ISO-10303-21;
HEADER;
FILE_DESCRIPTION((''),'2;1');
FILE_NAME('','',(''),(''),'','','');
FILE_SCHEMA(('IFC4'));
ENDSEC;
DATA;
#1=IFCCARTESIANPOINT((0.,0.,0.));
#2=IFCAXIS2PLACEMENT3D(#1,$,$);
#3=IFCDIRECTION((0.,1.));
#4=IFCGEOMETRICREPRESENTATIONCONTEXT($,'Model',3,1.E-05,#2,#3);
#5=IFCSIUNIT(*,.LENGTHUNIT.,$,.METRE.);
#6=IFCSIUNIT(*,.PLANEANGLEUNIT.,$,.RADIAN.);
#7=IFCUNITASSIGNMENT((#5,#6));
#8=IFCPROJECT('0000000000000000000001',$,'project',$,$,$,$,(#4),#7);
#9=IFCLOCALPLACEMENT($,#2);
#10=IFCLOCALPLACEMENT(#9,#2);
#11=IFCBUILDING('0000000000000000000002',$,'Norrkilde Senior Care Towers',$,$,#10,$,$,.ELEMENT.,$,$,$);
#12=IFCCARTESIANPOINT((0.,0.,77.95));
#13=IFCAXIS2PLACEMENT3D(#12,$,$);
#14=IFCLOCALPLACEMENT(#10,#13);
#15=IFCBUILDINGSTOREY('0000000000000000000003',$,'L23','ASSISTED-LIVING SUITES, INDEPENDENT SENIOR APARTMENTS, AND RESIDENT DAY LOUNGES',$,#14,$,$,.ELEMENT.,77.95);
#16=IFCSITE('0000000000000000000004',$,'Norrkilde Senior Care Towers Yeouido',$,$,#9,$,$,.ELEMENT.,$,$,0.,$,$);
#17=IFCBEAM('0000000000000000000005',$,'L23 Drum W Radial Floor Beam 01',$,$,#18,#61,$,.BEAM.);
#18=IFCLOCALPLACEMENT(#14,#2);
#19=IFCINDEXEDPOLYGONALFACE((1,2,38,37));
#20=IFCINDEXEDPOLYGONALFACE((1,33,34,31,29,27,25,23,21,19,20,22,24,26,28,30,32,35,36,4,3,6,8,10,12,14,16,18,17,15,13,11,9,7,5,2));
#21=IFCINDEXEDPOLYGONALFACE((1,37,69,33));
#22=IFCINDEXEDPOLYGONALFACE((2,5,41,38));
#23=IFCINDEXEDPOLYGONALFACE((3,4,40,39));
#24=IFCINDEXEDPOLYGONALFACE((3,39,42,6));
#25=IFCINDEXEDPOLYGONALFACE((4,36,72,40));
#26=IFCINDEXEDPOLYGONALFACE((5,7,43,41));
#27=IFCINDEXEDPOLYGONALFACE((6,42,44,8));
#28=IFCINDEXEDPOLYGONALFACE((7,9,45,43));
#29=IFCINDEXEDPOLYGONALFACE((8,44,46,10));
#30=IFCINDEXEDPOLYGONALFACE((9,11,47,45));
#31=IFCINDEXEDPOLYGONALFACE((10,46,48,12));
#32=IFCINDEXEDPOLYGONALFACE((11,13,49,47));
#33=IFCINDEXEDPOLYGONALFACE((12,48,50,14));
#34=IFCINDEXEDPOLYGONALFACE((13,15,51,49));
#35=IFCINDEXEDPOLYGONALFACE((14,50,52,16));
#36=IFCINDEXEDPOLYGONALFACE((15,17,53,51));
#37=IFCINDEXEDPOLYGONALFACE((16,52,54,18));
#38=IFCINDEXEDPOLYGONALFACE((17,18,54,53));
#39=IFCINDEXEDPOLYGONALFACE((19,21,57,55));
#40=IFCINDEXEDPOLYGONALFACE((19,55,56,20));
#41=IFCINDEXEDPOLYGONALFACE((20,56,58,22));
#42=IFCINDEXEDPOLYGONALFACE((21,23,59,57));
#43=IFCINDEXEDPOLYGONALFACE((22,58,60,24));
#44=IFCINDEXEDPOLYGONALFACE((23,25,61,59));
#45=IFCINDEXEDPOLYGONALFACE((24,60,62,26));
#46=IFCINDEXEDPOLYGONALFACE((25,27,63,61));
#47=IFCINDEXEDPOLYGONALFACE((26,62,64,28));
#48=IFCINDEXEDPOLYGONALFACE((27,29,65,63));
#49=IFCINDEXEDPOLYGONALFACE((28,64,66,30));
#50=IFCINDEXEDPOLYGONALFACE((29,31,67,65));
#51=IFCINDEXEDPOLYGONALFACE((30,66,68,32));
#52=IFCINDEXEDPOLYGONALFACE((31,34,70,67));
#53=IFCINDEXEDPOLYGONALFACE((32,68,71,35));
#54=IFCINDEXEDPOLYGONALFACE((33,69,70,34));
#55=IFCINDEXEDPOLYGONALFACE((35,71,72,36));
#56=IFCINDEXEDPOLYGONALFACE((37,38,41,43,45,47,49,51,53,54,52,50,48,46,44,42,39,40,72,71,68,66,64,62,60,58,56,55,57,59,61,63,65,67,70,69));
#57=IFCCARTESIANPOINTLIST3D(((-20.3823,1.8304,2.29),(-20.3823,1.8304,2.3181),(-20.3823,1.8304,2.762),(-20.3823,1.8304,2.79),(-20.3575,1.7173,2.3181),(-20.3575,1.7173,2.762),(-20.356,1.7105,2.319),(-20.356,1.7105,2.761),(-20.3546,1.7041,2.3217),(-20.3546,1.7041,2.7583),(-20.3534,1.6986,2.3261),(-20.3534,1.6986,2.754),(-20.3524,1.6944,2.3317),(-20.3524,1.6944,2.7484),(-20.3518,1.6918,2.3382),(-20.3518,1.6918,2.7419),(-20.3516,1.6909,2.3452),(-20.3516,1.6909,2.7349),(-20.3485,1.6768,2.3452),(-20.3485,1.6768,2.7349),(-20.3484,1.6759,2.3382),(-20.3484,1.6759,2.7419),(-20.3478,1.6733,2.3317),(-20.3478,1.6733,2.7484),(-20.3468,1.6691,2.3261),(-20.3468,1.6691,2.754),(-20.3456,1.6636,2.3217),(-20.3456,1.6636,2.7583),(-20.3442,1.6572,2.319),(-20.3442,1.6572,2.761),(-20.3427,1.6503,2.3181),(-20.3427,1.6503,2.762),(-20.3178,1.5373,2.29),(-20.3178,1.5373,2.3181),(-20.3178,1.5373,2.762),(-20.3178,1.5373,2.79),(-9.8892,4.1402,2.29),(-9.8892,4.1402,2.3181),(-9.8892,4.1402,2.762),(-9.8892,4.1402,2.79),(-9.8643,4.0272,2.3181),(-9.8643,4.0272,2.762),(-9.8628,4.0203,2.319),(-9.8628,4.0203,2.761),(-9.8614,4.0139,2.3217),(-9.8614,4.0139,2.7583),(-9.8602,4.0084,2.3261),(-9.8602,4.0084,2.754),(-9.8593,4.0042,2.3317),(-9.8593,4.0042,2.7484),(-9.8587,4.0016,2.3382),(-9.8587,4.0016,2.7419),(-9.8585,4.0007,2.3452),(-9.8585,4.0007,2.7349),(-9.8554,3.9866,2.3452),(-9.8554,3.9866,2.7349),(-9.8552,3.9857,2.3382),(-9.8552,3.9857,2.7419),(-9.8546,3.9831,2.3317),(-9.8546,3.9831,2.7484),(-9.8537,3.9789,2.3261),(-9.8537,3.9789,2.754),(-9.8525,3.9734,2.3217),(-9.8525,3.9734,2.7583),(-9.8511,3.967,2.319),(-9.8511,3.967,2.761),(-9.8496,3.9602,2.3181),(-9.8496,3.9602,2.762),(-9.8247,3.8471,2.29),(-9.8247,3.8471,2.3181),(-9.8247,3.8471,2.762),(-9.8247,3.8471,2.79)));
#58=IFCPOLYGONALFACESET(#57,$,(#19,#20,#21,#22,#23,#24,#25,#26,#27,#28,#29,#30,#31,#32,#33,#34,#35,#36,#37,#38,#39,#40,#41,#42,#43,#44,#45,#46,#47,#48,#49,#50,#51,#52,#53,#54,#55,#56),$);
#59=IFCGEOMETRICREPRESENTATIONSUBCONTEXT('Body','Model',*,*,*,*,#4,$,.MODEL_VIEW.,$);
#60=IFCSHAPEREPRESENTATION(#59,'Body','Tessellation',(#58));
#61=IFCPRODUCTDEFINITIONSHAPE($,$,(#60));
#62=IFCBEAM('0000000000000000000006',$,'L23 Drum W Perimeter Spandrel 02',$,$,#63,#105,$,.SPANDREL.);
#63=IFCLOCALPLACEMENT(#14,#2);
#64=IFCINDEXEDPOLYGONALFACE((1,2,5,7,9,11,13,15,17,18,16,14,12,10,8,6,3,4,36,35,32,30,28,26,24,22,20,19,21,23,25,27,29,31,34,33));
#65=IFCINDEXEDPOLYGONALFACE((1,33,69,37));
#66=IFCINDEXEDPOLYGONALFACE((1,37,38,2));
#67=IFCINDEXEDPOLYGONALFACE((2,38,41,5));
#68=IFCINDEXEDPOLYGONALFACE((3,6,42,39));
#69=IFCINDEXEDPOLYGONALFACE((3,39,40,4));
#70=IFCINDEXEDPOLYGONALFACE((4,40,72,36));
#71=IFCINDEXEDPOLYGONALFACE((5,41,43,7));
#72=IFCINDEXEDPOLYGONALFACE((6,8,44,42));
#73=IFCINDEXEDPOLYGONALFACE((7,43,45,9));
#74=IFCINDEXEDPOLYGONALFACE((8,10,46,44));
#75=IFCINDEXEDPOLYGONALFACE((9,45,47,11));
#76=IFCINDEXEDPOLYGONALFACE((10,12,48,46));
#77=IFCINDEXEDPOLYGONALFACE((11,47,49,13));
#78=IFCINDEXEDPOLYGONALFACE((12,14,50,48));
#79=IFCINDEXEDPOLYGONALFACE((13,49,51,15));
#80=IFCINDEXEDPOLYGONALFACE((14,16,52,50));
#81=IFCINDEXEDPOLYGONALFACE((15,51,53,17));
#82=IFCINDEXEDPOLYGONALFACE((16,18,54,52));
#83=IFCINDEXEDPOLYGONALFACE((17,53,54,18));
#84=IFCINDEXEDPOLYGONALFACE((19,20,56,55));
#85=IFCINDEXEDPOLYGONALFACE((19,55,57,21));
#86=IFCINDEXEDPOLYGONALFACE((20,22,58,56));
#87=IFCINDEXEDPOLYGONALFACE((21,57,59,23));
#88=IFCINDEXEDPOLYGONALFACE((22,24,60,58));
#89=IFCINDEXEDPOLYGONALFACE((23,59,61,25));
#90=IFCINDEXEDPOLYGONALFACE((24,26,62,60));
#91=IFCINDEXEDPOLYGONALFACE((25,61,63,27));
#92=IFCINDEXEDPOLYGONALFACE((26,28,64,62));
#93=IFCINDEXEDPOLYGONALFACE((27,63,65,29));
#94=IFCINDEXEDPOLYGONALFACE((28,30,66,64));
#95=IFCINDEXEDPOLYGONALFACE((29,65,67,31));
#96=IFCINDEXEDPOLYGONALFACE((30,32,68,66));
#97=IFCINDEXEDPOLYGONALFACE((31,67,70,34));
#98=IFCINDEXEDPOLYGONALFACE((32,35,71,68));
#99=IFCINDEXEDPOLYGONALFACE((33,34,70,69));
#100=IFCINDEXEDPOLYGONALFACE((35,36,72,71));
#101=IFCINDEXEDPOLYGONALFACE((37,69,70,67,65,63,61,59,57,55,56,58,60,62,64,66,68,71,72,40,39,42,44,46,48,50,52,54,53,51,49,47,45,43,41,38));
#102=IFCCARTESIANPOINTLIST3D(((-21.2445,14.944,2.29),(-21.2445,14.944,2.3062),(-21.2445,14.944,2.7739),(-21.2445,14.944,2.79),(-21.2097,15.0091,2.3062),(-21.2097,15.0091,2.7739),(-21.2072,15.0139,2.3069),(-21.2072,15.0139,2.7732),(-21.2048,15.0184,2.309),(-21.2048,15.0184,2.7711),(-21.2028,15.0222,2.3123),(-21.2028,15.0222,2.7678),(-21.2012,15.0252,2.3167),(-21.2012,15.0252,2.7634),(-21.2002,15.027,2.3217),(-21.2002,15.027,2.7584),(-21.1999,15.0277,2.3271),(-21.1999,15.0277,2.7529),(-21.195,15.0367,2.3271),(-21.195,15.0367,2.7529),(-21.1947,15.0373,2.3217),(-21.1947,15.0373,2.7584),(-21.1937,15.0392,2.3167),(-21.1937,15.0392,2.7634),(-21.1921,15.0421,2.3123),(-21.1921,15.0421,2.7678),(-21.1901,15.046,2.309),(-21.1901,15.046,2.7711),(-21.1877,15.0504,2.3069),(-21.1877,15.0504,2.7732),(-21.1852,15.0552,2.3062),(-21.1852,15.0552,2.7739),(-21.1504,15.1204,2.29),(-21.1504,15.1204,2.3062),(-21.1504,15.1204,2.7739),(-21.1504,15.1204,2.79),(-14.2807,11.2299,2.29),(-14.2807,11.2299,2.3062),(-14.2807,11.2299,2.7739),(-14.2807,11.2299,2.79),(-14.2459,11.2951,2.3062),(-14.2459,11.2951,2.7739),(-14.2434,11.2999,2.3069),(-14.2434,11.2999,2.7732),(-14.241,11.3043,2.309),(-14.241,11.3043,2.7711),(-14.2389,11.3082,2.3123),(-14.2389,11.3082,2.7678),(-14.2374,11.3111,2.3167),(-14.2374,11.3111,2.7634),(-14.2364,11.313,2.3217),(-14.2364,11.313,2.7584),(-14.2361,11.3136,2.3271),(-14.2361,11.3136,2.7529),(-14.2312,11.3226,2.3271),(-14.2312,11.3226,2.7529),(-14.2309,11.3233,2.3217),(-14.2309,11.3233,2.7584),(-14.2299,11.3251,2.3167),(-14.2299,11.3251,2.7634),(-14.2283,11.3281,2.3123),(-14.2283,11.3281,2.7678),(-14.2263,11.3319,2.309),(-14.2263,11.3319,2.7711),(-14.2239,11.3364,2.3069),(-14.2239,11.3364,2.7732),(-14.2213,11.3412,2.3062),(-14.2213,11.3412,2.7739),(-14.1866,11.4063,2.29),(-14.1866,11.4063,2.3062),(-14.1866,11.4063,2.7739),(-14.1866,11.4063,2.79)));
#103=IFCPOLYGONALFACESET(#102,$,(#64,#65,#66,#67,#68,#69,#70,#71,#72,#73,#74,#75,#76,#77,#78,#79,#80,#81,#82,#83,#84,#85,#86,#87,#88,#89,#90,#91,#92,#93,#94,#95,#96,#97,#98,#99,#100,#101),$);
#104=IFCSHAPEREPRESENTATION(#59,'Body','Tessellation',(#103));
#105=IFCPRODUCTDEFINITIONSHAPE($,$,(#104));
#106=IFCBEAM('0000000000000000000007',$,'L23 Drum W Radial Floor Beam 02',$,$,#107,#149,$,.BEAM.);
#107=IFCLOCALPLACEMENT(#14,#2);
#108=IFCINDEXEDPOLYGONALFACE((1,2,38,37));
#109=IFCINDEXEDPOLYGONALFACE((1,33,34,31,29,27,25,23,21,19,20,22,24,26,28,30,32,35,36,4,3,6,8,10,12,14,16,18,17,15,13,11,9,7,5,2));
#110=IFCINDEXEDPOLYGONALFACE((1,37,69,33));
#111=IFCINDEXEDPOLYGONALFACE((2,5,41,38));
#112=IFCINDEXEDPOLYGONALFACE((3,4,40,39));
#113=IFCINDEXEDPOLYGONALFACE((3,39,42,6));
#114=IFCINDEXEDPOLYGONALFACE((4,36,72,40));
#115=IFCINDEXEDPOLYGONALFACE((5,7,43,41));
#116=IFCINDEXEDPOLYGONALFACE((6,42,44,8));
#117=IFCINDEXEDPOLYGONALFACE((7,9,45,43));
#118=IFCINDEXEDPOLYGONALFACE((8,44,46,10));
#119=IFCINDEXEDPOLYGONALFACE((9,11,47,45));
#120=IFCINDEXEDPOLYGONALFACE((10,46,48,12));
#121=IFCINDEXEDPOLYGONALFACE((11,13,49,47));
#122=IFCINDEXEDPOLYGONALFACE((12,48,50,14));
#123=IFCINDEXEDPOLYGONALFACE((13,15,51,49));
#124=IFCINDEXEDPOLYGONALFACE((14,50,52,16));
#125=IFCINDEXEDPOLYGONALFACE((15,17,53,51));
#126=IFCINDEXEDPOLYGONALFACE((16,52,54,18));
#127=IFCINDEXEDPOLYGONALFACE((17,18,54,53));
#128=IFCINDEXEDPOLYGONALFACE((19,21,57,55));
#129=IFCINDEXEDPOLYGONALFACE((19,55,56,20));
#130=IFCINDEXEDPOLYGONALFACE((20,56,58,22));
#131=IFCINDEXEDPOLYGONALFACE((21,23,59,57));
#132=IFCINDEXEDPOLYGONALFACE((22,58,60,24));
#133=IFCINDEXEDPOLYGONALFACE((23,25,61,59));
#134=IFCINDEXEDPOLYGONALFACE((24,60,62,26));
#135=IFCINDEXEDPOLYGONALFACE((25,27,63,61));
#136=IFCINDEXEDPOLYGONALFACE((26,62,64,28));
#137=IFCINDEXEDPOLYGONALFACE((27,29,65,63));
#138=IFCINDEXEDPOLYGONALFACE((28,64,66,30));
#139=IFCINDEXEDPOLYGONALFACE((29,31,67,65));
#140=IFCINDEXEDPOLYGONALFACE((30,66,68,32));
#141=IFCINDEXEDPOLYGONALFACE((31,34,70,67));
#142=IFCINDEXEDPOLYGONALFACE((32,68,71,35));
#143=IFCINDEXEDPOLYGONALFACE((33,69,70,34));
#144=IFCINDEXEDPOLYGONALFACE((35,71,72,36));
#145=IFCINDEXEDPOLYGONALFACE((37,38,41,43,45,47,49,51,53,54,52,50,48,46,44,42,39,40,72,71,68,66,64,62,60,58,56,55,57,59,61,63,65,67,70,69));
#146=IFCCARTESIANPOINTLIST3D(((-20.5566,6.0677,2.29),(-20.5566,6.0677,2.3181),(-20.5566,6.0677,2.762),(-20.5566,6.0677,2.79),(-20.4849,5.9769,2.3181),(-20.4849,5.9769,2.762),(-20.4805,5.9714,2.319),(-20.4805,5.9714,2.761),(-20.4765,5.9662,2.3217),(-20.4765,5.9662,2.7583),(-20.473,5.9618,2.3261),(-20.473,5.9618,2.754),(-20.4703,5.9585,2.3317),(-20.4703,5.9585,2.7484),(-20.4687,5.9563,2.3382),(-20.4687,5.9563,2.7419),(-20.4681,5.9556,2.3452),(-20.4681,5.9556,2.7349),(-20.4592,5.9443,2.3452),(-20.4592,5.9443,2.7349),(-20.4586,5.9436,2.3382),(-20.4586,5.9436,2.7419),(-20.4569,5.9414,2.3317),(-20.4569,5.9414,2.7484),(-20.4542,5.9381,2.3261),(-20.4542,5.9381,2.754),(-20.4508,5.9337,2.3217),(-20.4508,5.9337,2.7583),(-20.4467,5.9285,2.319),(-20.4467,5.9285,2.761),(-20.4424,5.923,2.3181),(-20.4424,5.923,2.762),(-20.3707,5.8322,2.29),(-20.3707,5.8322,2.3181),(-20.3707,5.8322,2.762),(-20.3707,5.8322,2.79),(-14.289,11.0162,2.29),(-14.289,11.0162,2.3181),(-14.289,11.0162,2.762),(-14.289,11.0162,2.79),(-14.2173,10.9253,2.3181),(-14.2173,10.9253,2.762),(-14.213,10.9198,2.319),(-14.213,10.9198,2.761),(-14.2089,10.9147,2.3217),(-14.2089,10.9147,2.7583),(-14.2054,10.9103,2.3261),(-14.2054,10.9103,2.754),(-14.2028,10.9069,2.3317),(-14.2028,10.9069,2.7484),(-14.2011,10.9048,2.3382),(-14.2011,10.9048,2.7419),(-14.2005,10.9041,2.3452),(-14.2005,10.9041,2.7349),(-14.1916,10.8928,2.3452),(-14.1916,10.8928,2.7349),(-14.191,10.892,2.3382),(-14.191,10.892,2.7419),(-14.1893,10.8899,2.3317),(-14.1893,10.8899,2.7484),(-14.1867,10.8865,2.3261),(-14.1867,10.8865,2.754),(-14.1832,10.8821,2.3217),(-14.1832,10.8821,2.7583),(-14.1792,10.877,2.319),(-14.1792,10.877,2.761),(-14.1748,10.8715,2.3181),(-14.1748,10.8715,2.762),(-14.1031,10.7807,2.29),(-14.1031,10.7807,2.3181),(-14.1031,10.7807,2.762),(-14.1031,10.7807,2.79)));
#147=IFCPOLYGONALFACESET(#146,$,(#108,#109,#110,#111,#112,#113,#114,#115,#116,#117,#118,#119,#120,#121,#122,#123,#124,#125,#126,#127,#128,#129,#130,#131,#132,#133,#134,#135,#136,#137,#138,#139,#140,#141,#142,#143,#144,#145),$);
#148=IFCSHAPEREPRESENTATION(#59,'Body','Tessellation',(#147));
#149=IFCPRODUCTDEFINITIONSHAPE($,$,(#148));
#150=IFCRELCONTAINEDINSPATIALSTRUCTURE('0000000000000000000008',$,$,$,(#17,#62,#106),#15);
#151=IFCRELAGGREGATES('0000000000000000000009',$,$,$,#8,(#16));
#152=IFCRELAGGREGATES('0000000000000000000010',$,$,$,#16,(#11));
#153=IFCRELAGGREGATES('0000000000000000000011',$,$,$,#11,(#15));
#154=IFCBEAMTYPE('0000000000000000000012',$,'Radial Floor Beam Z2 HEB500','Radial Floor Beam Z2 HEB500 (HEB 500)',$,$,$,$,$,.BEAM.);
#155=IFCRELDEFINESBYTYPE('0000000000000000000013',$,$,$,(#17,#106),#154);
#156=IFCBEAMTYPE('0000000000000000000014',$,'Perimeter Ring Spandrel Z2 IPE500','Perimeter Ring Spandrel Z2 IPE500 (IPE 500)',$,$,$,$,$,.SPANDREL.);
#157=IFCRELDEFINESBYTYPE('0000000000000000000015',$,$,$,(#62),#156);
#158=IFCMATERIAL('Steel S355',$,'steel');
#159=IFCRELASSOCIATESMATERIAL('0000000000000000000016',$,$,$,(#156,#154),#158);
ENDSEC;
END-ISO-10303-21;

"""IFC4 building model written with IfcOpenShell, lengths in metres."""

from ifc_helpers import new_model, si_unit, direction, frame, origin, origin_2d, place, context, subcontext, project, spatial, i_section, extrude, source, transform, mapped, material, material_profile, profile_set, type_object, type_shapes, element, save


model = new_model("IFC4")

# Units and contexts
model_context = context("Model", 3, precision=1e-05, world=origin(), true_north=direction((0.0, 1.0)))
body_context = subcontext(model_context, "Body", "Model", "MODEL_VIEW")
ifc_project = project(units=[si_unit("LENGTHUNIT", "METRE"), si_unit("PLANEANGLEUNIT", "RADIAN")], contexts=[model_context])

# Site, building, storey
site_placement = place(None, origin())
site = spatial("IfcSite", under=ifc_project, at=site_placement, Name="Norrkilde Senior Care Towers Yeouido", CompositionType="ELEMENT", RefElevation=0.0)
building_placement = place(site_placement, origin())
building = spatial("IfcBuilding", under=site, at=building_placement, Name="Norrkilde Senior Care Towers", CompositionType="ELEMENT")
storey_placement = place(building_placement, frame((0.0, 0.0, 77.95)))
storey = spatial("IfcBuildingStorey", under=building, at=storey_placement, Name="L23", Description="ASSISTED-LIVING SUITES, INDEPENDENT SENIOR APARTMENTS, AND RESIDENT DAY LOUNGES", CompositionType="ELEMENT", Elevation=77.95)

# Beams
ifc_material_1 = material(Name="Steel S355", Category="steel")
ifc_material_profile_1 = material_profile(ifc_material_1, i_section(OverallWidth=0.2, OverallDepth=0.5, WebThickness=0.0103, FlangeThickness=0.0161, FilletRadius=0.021, at=origin_2d()), Name="IPE 500")
ifc_profile_set_1 = profile_set([ifc_material_profile_1], Name="Steel S355")
beam_type_1 = type_object("IfcBeamType", Name="Perimeter Ring Spandrel Z2 IPE500", Description="Perimeter Ring Spandrel Z2 IPE500 (IPE 500)", PredefinedType="SPANDREL", material=ifc_profile_set_1)
ifc_material_profile_2 = material_profile(ifc_material_1, i_section(OverallWidth=0.3, OverallDepth=0.5, WebThickness=0.0144, FlangeThickness=0.0281, FilletRadius=0.0271, at=origin_2d()), Name="HEB 500")
ifc_profile_set_2 = profile_set([ifc_material_profile_2], Name="Steel S355")
beam_type_2 = type_object("IfcBeamType", Name="Radial Floor Beam Z2 HEB500", Description="Radial Floor Beam Z2 HEB500 (HEB 500)", PredefinedType="BEAM", material=ifc_profile_set_2)
shared_shape_1 = source(origin(), body_context, "Body", "SweptSolid", [
    extrude(i_section(OverallWidth=0.3, OverallDepth=0.5, WebThickness=0.0144, FlangeThickness=0.0281, FilletRadius=0.0271, at=origin_2d()), origin(), (0.0, 0.0, 1.0), 10.7444),
])
beam_1_placement = place(storey_placement, frame((-20.3501, 1.6838, 2.54), z_axis=(0.976619, 0.214979, 0.0), x_axis=(-0.214979, 0.976619, 0.0)))
element("IfcBeam", 1, at=beam_1_placement, inside=storey, type_object=beam_type_2, Name="L23 Drum W Radial Floor Beam 01", PredefinedType="BEAM", context=body_context, shape_type="MappedRepresentation", body=[
    mapped(shared_shape_1, transform((0.0, 0.0, 0.0), x_axis=(1.0, 0.0, 0.0), y_axis=(0.0, 1.0, 0.0), z_axis=(0.0, 0.0, 1.0), scale=1.0)),
])
shared_shape_2 = source(origin(), body_context, "Body", "SweptSolid", [
    extrude(i_section(OverallWidth=0.2, OverallDepth=0.5, WebThickness=0.0103, FlangeThickness=0.0161, FilletRadius=0.021, at=origin_2d()), origin(), (0.0, 0.0, 1.0), 7.8923),
])
beam_2_placement = place(storey_placement, frame((-14.2336, 11.3181, 2.54), z_axis=(-0.88235, 0.470593, 0.0), x_axis=(-0.470593, -0.88235, 0.0)))
element("IfcBeam", 2, at=beam_2_placement, inside=storey, type_object=beam_type_1, Name="L23 Drum W Perimeter Spandrel 02", PredefinedType="SPANDREL", context=body_context, shape_type="MappedRepresentation", body=[
    mapped(shared_shape_2, transform((0.0, 0.0, 0.0), x_axis=(1.0, 0.0, 0.0), y_axis=(0.0, 1.0, 0.0), z_axis=(0.0, 0.0, 1.0), scale=1.0)),
])
shared_shape_3 = source(origin(), body_context, "Body", "SweptSolid", [
    extrude(i_section(OverallWidth=0.3, OverallDepth=0.5, WebThickness=0.0144, FlangeThickness=0.0281, FilletRadius=0.0271, at=origin_2d()), origin(), (0.0, 0.0, 1.0), 7.9856),
])
type_shapes(beam_type_2, [shared_shape_1, shared_shape_3])
beam_3_placement = place(storey_placement, frame((-20.4636, 5.95, 2.54), z_axis=(0.784859, 0.619675, 0.0), x_axis=(-0.619675, 0.784859, 0.0)))
element("IfcBeam", 3, at=beam_3_placement, inside=storey, type_object=beam_type_2, Name="L23 Drum W Radial Floor Beam 02", PredefinedType="BEAM", context=body_context, shape_type="MappedRepresentation", body=[
    mapped(shared_shape_3, transform((0.0, 0.0, 0.0), x_axis=(1.0, 0.0, 0.0), y_axis=(0.0, 1.0, 0.0), z_axis=(0.0, 0.0, 1.0), scale=1.0)),
])

save(model, "model.ifc")
